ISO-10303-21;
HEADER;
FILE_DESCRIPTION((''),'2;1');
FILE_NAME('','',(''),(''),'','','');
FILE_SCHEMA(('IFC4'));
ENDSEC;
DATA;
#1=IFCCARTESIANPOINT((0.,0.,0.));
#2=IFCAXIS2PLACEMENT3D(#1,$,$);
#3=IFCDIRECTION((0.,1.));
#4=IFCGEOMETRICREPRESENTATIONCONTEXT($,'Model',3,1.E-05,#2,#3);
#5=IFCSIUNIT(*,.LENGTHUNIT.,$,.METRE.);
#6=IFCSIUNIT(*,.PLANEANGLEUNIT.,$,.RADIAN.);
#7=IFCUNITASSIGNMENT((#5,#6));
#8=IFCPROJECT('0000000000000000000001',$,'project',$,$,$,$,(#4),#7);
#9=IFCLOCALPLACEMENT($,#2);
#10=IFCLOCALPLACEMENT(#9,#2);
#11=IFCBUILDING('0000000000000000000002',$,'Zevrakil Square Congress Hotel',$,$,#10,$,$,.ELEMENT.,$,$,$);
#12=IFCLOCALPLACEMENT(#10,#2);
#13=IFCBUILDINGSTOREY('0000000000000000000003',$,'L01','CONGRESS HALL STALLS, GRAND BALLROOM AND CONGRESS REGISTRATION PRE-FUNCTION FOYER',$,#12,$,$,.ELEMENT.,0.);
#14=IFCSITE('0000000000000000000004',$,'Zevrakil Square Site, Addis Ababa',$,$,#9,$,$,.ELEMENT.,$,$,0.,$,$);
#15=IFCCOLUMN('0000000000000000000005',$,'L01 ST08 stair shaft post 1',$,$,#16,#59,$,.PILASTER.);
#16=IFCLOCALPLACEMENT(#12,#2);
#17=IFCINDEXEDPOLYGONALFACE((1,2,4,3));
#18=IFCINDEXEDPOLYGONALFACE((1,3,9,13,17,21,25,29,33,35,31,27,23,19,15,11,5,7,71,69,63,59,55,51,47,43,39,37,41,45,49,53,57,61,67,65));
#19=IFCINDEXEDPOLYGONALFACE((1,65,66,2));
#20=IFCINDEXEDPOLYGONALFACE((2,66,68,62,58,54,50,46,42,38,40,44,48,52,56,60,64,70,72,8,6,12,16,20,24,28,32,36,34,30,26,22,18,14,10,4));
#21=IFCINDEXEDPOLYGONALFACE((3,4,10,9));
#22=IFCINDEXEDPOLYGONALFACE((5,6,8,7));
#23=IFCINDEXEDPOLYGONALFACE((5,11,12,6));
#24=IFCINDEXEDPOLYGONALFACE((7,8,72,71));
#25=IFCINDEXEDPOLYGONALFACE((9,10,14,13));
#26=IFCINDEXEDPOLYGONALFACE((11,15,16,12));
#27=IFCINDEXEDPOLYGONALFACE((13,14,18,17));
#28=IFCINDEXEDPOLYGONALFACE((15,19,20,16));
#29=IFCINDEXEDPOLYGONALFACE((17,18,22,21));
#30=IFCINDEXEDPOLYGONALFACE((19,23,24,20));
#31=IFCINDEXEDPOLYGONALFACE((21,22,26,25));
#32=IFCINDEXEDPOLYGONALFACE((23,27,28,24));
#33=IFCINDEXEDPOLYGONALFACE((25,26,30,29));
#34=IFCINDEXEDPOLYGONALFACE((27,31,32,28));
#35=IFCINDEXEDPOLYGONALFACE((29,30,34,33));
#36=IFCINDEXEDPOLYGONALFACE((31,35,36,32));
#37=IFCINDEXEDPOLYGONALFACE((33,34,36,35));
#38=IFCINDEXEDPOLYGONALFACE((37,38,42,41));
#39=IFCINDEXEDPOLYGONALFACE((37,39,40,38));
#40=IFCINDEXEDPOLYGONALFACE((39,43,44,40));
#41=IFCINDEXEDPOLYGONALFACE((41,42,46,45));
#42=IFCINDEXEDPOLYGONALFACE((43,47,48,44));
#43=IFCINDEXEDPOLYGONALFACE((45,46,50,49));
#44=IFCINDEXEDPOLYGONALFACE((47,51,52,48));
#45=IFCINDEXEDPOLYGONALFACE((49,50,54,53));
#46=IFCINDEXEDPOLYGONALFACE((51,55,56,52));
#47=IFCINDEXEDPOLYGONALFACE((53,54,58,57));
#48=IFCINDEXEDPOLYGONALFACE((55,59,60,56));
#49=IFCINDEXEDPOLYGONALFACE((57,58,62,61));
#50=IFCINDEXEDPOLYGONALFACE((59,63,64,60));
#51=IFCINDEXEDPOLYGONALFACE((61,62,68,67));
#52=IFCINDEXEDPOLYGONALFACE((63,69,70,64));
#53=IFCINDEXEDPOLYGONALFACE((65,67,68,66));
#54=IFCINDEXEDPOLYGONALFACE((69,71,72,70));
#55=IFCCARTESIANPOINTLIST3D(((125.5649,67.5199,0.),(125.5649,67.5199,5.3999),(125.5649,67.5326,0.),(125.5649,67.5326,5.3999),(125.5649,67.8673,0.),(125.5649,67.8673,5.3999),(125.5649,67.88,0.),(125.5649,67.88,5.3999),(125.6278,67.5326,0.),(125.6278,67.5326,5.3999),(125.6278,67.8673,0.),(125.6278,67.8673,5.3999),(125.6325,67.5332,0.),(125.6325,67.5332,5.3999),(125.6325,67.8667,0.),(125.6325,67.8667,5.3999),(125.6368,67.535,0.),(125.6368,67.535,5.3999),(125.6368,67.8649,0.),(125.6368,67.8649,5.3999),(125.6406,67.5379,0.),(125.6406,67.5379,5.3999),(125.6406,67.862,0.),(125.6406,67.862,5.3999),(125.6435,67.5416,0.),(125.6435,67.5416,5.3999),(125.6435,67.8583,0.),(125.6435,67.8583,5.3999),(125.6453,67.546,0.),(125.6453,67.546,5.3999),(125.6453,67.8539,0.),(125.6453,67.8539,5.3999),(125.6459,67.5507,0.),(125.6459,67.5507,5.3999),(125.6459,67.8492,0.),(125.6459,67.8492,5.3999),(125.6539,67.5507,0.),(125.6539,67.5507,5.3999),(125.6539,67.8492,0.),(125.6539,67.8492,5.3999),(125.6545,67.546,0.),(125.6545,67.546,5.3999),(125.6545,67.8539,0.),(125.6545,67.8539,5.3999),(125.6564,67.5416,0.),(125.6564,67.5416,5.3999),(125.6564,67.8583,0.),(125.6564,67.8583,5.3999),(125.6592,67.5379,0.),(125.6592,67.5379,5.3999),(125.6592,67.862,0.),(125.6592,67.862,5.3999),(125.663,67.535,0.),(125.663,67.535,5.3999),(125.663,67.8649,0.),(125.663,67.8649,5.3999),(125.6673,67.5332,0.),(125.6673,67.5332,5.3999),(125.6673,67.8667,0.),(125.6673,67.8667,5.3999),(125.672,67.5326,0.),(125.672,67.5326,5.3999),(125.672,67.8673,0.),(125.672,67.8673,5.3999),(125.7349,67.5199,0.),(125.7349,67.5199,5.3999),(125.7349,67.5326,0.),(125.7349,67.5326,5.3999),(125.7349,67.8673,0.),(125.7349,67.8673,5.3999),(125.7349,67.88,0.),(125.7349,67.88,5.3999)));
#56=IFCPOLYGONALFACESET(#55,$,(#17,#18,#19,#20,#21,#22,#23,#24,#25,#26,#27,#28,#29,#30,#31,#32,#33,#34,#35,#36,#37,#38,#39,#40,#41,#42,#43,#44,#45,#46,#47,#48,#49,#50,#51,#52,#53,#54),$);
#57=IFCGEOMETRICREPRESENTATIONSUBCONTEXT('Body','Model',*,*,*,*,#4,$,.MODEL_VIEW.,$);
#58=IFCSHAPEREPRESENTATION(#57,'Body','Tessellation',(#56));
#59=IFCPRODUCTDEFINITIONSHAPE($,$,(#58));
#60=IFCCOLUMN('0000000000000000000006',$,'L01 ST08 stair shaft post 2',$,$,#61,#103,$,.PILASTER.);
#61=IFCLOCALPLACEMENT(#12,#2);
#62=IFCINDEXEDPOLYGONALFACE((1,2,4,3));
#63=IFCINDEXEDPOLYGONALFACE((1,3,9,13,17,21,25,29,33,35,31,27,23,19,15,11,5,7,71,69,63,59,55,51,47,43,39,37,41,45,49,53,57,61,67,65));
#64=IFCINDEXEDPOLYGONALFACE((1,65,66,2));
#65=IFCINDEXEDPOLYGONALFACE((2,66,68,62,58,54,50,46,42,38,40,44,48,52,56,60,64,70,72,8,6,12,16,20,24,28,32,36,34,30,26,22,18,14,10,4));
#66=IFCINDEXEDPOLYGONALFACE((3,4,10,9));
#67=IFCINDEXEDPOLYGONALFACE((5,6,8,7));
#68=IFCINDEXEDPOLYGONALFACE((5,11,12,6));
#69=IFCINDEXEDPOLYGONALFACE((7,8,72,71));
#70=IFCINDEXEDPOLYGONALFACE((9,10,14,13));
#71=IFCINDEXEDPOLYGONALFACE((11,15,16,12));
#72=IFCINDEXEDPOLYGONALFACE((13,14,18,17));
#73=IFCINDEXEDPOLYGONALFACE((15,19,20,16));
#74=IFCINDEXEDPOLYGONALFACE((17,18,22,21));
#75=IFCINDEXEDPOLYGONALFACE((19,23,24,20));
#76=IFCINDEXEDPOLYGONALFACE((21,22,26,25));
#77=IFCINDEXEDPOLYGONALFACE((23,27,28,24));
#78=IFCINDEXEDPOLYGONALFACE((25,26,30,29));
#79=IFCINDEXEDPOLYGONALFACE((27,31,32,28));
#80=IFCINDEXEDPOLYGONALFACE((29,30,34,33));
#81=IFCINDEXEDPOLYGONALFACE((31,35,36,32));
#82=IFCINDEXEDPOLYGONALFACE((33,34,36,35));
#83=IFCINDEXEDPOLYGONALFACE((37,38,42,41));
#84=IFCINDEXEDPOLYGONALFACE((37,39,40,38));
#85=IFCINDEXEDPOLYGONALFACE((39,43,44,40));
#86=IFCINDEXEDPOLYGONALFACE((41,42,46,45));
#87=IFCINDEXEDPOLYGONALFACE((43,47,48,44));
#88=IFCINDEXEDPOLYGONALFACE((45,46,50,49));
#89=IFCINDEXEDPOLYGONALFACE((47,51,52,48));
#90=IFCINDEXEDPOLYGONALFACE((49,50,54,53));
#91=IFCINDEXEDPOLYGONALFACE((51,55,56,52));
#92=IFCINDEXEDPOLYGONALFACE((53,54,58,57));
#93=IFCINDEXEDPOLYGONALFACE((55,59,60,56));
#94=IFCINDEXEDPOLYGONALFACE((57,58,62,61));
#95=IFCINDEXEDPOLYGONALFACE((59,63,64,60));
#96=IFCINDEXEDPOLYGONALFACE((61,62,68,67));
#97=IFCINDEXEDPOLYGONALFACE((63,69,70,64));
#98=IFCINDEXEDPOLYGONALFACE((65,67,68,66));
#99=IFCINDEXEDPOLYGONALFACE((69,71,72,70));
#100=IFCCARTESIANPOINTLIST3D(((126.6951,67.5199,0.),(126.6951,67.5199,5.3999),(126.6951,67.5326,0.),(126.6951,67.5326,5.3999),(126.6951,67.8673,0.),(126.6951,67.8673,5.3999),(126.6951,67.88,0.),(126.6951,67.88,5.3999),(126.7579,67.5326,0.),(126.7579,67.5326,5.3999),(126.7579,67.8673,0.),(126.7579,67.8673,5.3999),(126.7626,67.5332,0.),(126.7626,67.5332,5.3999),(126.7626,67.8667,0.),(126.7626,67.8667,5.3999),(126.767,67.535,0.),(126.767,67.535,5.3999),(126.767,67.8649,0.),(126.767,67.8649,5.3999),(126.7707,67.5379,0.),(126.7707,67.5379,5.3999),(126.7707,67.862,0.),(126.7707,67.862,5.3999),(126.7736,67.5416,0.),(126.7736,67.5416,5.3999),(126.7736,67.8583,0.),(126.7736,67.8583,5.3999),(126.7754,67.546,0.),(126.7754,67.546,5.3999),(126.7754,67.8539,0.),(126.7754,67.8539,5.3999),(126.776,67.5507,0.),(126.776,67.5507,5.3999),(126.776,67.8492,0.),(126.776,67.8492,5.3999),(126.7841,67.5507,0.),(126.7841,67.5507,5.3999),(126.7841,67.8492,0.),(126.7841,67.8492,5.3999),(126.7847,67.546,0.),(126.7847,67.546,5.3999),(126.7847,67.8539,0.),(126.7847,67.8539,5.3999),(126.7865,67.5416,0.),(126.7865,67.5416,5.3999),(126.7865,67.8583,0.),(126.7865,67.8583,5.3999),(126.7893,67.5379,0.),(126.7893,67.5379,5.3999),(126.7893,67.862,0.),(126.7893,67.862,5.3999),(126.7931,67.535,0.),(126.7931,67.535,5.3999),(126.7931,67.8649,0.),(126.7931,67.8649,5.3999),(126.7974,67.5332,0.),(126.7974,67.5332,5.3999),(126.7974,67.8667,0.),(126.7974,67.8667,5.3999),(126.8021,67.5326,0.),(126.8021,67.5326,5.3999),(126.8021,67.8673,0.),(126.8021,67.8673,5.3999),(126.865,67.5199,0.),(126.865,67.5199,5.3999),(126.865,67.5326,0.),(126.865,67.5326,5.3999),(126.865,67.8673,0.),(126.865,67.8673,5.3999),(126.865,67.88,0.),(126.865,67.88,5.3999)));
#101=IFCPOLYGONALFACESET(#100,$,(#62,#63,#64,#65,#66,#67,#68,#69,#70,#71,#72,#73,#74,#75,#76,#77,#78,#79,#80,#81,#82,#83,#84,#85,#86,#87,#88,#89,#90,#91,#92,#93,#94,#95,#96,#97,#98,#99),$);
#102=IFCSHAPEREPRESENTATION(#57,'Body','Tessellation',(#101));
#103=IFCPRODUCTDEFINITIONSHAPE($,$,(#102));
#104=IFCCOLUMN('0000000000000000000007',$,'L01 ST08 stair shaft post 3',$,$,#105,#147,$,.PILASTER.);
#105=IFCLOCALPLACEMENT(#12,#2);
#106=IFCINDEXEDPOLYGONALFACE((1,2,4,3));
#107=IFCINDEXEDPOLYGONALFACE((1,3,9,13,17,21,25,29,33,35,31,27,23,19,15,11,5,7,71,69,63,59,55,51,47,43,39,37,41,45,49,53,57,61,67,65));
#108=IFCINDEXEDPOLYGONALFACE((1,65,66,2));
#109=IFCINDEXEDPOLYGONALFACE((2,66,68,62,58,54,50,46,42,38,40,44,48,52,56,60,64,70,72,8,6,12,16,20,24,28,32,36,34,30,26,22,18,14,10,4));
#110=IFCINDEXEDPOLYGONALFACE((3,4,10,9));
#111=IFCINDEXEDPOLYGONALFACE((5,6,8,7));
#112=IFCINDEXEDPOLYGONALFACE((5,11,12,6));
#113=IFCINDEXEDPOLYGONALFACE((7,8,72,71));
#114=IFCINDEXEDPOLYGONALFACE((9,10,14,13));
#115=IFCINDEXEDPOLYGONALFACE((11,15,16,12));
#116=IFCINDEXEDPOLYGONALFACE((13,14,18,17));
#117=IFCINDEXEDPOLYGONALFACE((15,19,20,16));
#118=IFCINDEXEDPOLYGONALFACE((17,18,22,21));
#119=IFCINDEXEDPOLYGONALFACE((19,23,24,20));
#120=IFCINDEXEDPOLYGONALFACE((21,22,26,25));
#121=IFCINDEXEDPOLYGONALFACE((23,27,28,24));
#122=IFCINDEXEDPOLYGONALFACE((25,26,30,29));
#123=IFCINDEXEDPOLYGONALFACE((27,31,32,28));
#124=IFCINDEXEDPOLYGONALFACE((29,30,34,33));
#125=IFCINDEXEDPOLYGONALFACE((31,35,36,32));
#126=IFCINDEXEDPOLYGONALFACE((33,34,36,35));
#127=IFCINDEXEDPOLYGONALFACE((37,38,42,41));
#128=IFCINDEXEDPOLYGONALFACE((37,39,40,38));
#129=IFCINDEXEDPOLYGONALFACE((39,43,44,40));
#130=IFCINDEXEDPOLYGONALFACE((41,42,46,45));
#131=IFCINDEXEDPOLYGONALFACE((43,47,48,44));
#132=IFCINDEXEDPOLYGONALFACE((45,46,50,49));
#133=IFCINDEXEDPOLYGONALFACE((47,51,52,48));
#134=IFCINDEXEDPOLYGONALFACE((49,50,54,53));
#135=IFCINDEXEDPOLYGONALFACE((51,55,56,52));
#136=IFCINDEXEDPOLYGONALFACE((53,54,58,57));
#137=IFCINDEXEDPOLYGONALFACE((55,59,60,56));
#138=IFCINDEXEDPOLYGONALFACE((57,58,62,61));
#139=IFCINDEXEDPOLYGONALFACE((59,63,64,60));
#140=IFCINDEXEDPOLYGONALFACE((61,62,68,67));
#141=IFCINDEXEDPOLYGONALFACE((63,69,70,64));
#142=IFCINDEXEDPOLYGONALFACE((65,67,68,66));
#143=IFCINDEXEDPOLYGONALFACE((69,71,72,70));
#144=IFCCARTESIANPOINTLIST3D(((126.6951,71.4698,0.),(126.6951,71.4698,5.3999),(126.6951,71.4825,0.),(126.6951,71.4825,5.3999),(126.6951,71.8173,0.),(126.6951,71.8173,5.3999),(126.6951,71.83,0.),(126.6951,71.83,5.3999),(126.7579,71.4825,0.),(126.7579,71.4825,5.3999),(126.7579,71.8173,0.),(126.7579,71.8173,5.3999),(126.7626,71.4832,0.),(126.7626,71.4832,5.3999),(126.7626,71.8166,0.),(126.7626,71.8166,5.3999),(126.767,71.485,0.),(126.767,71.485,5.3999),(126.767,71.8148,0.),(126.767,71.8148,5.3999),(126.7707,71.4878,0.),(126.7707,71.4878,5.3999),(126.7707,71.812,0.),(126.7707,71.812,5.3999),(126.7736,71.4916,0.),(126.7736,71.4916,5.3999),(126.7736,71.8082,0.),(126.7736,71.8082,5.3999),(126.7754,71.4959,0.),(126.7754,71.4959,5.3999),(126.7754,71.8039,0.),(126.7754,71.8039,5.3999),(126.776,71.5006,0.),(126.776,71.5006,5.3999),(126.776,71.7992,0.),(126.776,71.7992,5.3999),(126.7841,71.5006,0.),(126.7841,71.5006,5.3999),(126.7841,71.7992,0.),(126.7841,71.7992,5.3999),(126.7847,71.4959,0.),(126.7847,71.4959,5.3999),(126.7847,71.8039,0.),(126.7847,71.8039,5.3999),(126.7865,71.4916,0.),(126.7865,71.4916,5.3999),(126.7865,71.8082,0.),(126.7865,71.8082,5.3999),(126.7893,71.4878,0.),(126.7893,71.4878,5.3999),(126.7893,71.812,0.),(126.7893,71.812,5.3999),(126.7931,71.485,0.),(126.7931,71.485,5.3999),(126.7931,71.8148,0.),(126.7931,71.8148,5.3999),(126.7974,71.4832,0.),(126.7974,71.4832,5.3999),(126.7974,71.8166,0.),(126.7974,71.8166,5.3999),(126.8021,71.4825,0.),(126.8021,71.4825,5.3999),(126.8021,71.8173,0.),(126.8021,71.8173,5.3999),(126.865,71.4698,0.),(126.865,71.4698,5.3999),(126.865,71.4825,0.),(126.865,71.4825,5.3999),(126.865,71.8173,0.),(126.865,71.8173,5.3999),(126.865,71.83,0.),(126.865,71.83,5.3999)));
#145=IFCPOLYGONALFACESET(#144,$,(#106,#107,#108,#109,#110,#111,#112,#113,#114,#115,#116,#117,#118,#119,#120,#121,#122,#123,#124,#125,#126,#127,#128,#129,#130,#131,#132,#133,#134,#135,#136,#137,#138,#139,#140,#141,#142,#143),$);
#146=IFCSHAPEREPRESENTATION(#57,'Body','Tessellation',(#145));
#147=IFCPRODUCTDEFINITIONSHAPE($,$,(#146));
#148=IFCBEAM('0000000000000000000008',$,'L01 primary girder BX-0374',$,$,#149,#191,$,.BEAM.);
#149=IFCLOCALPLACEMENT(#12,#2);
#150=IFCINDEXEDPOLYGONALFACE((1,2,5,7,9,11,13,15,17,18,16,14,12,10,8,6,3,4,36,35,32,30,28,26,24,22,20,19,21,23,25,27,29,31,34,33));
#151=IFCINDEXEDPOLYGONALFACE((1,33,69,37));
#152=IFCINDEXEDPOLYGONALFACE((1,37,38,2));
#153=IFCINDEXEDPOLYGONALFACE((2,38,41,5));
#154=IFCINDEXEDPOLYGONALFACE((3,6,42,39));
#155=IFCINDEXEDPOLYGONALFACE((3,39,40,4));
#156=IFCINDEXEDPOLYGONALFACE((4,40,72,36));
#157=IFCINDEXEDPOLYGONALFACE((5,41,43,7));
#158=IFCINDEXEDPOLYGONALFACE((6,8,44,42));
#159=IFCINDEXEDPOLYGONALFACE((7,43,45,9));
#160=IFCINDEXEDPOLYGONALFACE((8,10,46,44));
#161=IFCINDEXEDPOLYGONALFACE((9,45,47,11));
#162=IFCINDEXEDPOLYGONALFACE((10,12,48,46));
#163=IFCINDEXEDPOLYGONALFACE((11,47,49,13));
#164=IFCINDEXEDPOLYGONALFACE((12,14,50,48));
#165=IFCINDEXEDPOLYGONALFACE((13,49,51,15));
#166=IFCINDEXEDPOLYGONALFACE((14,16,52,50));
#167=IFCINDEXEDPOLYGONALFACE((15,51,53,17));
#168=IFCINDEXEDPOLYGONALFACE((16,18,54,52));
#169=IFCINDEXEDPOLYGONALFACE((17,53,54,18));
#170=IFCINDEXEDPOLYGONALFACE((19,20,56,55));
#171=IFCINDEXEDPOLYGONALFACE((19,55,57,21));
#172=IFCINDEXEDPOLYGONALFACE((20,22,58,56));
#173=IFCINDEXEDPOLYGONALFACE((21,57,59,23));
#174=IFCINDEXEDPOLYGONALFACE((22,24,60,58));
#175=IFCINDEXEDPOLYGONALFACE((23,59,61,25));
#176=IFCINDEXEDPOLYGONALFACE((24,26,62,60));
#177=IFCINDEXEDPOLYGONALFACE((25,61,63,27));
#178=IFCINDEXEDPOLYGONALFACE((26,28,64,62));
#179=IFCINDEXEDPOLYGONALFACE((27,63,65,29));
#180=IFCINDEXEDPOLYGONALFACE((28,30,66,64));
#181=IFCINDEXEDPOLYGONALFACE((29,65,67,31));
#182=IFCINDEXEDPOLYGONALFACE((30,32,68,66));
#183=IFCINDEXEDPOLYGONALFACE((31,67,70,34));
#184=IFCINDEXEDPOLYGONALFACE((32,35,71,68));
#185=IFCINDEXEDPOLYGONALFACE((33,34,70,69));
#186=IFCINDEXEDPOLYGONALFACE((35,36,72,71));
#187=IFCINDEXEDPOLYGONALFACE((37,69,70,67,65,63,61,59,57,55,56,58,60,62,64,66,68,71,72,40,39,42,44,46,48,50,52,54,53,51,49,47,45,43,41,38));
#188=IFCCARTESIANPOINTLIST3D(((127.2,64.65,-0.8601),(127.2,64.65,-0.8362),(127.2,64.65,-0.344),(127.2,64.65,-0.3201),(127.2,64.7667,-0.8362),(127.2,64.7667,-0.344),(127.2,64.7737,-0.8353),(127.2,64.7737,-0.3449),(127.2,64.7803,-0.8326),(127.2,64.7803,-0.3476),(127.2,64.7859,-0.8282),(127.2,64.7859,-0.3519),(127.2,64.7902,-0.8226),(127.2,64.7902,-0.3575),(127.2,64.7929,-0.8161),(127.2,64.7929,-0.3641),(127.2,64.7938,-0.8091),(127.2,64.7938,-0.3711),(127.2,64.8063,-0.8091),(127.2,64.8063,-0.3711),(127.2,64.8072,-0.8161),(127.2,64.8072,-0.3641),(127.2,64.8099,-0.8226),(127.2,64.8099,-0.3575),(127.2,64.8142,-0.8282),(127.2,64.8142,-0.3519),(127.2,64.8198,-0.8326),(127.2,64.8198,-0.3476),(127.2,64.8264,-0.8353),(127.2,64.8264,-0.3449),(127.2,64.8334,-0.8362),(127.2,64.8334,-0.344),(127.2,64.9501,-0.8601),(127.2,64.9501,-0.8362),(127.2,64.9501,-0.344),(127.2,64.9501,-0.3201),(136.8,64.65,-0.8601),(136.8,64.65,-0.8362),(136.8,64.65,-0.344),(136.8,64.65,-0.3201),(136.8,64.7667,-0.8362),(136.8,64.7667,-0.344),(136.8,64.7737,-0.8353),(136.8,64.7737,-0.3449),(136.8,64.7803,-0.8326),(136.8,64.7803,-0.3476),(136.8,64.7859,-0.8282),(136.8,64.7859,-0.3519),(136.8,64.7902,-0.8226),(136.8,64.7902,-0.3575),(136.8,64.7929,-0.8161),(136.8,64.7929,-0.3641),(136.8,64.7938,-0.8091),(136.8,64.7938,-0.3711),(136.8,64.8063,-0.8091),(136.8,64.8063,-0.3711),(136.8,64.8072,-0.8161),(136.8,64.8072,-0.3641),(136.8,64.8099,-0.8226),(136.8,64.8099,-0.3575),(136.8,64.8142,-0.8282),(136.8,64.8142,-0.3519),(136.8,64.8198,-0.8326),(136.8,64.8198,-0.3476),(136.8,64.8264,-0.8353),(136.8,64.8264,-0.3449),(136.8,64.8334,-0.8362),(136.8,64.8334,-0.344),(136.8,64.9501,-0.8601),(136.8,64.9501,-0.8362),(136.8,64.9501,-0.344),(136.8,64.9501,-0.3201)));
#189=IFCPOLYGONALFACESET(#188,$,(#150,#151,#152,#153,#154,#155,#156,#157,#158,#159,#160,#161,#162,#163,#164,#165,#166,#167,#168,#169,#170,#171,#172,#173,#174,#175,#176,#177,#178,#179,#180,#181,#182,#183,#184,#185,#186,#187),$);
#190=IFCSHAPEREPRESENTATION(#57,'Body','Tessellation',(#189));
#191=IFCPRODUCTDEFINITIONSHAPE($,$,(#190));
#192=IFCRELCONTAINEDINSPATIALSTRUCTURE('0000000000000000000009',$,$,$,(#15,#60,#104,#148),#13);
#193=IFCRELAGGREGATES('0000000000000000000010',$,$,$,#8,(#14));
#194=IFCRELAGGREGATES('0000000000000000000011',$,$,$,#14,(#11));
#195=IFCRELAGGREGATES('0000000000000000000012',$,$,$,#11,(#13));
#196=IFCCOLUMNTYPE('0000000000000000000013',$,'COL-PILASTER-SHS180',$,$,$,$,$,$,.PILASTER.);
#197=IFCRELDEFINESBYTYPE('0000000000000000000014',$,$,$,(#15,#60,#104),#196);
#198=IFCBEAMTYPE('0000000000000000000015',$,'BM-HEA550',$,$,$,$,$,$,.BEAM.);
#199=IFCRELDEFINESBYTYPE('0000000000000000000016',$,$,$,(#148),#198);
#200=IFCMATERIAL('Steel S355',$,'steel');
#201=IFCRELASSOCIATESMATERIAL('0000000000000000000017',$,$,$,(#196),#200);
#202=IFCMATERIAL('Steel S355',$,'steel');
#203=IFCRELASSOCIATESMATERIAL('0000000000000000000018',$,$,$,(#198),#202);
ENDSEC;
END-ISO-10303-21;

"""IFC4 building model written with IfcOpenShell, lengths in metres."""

from ifc_helpers import new_model, si_unit, direction, frame, origin, origin_2d, place, context, subcontext, project, spatial, i_section, extrude, material, material_profile, profile_set, type_object, element, save


model = new_model("IFC4")

# Units and contexts
model_context = context("Model", 3, precision=1e-05, world=origin(), true_north=direction((0.0, 1.0)))
body_context = subcontext(model_context, "Body", "Model", "MODEL_VIEW")
ifc_project = project(units=[si_unit("LENGTHUNIT", "METRE"), si_unit("PLANEANGLEUNIT", "RADIAN")], contexts=[model_context])

# Site, building, storey
site_placement = place(None, origin())
site = spatial("IfcSite", under=ifc_project, at=site_placement, Name="Zevrakil Square Site, Addis Ababa", CompositionType="ELEMENT", RefElevation=0.0)
building_placement = place(site_placement, origin())
building = spatial("IfcBuilding", under=site, at=building_placement, Name="Zevrakil Square Congress Hotel", CompositionType="ELEMENT")
storey_placement = place(building_placement, origin())
storey = spatial("IfcBuildingStorey", under=building, at=storey_placement, Name="L01", Description="CONGRESS HALL STALLS, GRAND BALLROOM AND CONGRESS REGISTRATION PRE-FUNCTION FOYER", CompositionType="ELEMENT", Elevation=0.0)

# Columns
ifc_material_1 = material(Name="Steel S355", Category="steel")
ifc_material_profile_1 = material_profile(ifc_material_1, i_section(OverallWidth=0.1699, OverallDepth=0.3601, WebThickness=0.0081, FlangeThickness=0.0127, FilletRadius=0.0181, at=origin_2d()), Name="IPE 360")
ifc_profile_set_1 = profile_set([ifc_material_profile_1], Name="Steel S355")
column_type_1 = type_object("IfcColumnType", Name="COL-PILASTER-SHS180", PredefinedType="PILASTER", material=ifc_profile_set_1)
for number, where, z_axis, x_axis, name in (
    (1, (125.6499, 67.7, 0.0), (0.0, 0.0, 1.0), (1.0, 0.0, 0.0), "L01 ST08 stair shaft post 1"),
    (2, (126.78, 67.7, 0.0), (0.0, 0.0, 1.0), (1.0, 0.0, 0.0), "L01 ST08 stair shaft post 2"),
    (3, (126.78, 71.6499, 0.0), (0.0, 0.0, 1.0), (1.0, 0.0, 0.0), "L01 ST08 stair shaft post 3"),
):
    element("IfcColumn", number, at=place(storey_placement, frame(where, z_axis=z_axis, x_axis=x_axis)), inside=storey, type_object=column_type_1, Name=name, PredefinedType="PILASTER", context=body_context, shape_type="SweptSolid", body=[
        extrude(i_section(OverallWidth=0.1699, OverallDepth=0.3601, WebThickness=0.0081, FlangeThickness=0.0127, FilletRadius=0.0181, at=origin_2d()), origin(), (0.0, 0.0, 1.0), 5.3999),
    ])

# Beam
ifc_material_2 = material(Name="Steel S355", Category="steel")
ifc_material_profile_2 = material_profile(ifc_material_2, i_section(OverallWidth=0.3, OverallDepth=0.54, WebThickness=0.0125, FlangeThickness=0.0239, FilletRadius=0.0271, at=origin_2d()), Name="HEA 550")
ifc_profile_set_2 = profile_set([ifc_material_profile_2], Name="Steel S355")
beam_type = type_object("IfcBeamType", Name="BM-HEA550", PredefinedType="BEAM", material=ifc_profile_set_2)
beam_1_placement = place(storey_placement, frame((127.2, 64.8, -0.5901), z_axis=(1.0, 0.0, 0.0), x_axis=(0.0, 1.0, 0.0)))
element("IfcBeam", 4, at=beam_1_placement, inside=storey, type_object=beam_type, Name="L01 primary girder BX-0374", PredefinedType="BEAM", context=body_context, shape_type="SweptSolid", body=[
    extrude(i_section(OverallWidth=0.3, OverallDepth=0.54, WebThickness=0.0125, FlangeThickness=0.0239, FilletRadius=0.0271, at=origin_2d()), origin(), (0.0, 0.0, 1.0), 9.6001),
])

save(model, "model.ifc")
